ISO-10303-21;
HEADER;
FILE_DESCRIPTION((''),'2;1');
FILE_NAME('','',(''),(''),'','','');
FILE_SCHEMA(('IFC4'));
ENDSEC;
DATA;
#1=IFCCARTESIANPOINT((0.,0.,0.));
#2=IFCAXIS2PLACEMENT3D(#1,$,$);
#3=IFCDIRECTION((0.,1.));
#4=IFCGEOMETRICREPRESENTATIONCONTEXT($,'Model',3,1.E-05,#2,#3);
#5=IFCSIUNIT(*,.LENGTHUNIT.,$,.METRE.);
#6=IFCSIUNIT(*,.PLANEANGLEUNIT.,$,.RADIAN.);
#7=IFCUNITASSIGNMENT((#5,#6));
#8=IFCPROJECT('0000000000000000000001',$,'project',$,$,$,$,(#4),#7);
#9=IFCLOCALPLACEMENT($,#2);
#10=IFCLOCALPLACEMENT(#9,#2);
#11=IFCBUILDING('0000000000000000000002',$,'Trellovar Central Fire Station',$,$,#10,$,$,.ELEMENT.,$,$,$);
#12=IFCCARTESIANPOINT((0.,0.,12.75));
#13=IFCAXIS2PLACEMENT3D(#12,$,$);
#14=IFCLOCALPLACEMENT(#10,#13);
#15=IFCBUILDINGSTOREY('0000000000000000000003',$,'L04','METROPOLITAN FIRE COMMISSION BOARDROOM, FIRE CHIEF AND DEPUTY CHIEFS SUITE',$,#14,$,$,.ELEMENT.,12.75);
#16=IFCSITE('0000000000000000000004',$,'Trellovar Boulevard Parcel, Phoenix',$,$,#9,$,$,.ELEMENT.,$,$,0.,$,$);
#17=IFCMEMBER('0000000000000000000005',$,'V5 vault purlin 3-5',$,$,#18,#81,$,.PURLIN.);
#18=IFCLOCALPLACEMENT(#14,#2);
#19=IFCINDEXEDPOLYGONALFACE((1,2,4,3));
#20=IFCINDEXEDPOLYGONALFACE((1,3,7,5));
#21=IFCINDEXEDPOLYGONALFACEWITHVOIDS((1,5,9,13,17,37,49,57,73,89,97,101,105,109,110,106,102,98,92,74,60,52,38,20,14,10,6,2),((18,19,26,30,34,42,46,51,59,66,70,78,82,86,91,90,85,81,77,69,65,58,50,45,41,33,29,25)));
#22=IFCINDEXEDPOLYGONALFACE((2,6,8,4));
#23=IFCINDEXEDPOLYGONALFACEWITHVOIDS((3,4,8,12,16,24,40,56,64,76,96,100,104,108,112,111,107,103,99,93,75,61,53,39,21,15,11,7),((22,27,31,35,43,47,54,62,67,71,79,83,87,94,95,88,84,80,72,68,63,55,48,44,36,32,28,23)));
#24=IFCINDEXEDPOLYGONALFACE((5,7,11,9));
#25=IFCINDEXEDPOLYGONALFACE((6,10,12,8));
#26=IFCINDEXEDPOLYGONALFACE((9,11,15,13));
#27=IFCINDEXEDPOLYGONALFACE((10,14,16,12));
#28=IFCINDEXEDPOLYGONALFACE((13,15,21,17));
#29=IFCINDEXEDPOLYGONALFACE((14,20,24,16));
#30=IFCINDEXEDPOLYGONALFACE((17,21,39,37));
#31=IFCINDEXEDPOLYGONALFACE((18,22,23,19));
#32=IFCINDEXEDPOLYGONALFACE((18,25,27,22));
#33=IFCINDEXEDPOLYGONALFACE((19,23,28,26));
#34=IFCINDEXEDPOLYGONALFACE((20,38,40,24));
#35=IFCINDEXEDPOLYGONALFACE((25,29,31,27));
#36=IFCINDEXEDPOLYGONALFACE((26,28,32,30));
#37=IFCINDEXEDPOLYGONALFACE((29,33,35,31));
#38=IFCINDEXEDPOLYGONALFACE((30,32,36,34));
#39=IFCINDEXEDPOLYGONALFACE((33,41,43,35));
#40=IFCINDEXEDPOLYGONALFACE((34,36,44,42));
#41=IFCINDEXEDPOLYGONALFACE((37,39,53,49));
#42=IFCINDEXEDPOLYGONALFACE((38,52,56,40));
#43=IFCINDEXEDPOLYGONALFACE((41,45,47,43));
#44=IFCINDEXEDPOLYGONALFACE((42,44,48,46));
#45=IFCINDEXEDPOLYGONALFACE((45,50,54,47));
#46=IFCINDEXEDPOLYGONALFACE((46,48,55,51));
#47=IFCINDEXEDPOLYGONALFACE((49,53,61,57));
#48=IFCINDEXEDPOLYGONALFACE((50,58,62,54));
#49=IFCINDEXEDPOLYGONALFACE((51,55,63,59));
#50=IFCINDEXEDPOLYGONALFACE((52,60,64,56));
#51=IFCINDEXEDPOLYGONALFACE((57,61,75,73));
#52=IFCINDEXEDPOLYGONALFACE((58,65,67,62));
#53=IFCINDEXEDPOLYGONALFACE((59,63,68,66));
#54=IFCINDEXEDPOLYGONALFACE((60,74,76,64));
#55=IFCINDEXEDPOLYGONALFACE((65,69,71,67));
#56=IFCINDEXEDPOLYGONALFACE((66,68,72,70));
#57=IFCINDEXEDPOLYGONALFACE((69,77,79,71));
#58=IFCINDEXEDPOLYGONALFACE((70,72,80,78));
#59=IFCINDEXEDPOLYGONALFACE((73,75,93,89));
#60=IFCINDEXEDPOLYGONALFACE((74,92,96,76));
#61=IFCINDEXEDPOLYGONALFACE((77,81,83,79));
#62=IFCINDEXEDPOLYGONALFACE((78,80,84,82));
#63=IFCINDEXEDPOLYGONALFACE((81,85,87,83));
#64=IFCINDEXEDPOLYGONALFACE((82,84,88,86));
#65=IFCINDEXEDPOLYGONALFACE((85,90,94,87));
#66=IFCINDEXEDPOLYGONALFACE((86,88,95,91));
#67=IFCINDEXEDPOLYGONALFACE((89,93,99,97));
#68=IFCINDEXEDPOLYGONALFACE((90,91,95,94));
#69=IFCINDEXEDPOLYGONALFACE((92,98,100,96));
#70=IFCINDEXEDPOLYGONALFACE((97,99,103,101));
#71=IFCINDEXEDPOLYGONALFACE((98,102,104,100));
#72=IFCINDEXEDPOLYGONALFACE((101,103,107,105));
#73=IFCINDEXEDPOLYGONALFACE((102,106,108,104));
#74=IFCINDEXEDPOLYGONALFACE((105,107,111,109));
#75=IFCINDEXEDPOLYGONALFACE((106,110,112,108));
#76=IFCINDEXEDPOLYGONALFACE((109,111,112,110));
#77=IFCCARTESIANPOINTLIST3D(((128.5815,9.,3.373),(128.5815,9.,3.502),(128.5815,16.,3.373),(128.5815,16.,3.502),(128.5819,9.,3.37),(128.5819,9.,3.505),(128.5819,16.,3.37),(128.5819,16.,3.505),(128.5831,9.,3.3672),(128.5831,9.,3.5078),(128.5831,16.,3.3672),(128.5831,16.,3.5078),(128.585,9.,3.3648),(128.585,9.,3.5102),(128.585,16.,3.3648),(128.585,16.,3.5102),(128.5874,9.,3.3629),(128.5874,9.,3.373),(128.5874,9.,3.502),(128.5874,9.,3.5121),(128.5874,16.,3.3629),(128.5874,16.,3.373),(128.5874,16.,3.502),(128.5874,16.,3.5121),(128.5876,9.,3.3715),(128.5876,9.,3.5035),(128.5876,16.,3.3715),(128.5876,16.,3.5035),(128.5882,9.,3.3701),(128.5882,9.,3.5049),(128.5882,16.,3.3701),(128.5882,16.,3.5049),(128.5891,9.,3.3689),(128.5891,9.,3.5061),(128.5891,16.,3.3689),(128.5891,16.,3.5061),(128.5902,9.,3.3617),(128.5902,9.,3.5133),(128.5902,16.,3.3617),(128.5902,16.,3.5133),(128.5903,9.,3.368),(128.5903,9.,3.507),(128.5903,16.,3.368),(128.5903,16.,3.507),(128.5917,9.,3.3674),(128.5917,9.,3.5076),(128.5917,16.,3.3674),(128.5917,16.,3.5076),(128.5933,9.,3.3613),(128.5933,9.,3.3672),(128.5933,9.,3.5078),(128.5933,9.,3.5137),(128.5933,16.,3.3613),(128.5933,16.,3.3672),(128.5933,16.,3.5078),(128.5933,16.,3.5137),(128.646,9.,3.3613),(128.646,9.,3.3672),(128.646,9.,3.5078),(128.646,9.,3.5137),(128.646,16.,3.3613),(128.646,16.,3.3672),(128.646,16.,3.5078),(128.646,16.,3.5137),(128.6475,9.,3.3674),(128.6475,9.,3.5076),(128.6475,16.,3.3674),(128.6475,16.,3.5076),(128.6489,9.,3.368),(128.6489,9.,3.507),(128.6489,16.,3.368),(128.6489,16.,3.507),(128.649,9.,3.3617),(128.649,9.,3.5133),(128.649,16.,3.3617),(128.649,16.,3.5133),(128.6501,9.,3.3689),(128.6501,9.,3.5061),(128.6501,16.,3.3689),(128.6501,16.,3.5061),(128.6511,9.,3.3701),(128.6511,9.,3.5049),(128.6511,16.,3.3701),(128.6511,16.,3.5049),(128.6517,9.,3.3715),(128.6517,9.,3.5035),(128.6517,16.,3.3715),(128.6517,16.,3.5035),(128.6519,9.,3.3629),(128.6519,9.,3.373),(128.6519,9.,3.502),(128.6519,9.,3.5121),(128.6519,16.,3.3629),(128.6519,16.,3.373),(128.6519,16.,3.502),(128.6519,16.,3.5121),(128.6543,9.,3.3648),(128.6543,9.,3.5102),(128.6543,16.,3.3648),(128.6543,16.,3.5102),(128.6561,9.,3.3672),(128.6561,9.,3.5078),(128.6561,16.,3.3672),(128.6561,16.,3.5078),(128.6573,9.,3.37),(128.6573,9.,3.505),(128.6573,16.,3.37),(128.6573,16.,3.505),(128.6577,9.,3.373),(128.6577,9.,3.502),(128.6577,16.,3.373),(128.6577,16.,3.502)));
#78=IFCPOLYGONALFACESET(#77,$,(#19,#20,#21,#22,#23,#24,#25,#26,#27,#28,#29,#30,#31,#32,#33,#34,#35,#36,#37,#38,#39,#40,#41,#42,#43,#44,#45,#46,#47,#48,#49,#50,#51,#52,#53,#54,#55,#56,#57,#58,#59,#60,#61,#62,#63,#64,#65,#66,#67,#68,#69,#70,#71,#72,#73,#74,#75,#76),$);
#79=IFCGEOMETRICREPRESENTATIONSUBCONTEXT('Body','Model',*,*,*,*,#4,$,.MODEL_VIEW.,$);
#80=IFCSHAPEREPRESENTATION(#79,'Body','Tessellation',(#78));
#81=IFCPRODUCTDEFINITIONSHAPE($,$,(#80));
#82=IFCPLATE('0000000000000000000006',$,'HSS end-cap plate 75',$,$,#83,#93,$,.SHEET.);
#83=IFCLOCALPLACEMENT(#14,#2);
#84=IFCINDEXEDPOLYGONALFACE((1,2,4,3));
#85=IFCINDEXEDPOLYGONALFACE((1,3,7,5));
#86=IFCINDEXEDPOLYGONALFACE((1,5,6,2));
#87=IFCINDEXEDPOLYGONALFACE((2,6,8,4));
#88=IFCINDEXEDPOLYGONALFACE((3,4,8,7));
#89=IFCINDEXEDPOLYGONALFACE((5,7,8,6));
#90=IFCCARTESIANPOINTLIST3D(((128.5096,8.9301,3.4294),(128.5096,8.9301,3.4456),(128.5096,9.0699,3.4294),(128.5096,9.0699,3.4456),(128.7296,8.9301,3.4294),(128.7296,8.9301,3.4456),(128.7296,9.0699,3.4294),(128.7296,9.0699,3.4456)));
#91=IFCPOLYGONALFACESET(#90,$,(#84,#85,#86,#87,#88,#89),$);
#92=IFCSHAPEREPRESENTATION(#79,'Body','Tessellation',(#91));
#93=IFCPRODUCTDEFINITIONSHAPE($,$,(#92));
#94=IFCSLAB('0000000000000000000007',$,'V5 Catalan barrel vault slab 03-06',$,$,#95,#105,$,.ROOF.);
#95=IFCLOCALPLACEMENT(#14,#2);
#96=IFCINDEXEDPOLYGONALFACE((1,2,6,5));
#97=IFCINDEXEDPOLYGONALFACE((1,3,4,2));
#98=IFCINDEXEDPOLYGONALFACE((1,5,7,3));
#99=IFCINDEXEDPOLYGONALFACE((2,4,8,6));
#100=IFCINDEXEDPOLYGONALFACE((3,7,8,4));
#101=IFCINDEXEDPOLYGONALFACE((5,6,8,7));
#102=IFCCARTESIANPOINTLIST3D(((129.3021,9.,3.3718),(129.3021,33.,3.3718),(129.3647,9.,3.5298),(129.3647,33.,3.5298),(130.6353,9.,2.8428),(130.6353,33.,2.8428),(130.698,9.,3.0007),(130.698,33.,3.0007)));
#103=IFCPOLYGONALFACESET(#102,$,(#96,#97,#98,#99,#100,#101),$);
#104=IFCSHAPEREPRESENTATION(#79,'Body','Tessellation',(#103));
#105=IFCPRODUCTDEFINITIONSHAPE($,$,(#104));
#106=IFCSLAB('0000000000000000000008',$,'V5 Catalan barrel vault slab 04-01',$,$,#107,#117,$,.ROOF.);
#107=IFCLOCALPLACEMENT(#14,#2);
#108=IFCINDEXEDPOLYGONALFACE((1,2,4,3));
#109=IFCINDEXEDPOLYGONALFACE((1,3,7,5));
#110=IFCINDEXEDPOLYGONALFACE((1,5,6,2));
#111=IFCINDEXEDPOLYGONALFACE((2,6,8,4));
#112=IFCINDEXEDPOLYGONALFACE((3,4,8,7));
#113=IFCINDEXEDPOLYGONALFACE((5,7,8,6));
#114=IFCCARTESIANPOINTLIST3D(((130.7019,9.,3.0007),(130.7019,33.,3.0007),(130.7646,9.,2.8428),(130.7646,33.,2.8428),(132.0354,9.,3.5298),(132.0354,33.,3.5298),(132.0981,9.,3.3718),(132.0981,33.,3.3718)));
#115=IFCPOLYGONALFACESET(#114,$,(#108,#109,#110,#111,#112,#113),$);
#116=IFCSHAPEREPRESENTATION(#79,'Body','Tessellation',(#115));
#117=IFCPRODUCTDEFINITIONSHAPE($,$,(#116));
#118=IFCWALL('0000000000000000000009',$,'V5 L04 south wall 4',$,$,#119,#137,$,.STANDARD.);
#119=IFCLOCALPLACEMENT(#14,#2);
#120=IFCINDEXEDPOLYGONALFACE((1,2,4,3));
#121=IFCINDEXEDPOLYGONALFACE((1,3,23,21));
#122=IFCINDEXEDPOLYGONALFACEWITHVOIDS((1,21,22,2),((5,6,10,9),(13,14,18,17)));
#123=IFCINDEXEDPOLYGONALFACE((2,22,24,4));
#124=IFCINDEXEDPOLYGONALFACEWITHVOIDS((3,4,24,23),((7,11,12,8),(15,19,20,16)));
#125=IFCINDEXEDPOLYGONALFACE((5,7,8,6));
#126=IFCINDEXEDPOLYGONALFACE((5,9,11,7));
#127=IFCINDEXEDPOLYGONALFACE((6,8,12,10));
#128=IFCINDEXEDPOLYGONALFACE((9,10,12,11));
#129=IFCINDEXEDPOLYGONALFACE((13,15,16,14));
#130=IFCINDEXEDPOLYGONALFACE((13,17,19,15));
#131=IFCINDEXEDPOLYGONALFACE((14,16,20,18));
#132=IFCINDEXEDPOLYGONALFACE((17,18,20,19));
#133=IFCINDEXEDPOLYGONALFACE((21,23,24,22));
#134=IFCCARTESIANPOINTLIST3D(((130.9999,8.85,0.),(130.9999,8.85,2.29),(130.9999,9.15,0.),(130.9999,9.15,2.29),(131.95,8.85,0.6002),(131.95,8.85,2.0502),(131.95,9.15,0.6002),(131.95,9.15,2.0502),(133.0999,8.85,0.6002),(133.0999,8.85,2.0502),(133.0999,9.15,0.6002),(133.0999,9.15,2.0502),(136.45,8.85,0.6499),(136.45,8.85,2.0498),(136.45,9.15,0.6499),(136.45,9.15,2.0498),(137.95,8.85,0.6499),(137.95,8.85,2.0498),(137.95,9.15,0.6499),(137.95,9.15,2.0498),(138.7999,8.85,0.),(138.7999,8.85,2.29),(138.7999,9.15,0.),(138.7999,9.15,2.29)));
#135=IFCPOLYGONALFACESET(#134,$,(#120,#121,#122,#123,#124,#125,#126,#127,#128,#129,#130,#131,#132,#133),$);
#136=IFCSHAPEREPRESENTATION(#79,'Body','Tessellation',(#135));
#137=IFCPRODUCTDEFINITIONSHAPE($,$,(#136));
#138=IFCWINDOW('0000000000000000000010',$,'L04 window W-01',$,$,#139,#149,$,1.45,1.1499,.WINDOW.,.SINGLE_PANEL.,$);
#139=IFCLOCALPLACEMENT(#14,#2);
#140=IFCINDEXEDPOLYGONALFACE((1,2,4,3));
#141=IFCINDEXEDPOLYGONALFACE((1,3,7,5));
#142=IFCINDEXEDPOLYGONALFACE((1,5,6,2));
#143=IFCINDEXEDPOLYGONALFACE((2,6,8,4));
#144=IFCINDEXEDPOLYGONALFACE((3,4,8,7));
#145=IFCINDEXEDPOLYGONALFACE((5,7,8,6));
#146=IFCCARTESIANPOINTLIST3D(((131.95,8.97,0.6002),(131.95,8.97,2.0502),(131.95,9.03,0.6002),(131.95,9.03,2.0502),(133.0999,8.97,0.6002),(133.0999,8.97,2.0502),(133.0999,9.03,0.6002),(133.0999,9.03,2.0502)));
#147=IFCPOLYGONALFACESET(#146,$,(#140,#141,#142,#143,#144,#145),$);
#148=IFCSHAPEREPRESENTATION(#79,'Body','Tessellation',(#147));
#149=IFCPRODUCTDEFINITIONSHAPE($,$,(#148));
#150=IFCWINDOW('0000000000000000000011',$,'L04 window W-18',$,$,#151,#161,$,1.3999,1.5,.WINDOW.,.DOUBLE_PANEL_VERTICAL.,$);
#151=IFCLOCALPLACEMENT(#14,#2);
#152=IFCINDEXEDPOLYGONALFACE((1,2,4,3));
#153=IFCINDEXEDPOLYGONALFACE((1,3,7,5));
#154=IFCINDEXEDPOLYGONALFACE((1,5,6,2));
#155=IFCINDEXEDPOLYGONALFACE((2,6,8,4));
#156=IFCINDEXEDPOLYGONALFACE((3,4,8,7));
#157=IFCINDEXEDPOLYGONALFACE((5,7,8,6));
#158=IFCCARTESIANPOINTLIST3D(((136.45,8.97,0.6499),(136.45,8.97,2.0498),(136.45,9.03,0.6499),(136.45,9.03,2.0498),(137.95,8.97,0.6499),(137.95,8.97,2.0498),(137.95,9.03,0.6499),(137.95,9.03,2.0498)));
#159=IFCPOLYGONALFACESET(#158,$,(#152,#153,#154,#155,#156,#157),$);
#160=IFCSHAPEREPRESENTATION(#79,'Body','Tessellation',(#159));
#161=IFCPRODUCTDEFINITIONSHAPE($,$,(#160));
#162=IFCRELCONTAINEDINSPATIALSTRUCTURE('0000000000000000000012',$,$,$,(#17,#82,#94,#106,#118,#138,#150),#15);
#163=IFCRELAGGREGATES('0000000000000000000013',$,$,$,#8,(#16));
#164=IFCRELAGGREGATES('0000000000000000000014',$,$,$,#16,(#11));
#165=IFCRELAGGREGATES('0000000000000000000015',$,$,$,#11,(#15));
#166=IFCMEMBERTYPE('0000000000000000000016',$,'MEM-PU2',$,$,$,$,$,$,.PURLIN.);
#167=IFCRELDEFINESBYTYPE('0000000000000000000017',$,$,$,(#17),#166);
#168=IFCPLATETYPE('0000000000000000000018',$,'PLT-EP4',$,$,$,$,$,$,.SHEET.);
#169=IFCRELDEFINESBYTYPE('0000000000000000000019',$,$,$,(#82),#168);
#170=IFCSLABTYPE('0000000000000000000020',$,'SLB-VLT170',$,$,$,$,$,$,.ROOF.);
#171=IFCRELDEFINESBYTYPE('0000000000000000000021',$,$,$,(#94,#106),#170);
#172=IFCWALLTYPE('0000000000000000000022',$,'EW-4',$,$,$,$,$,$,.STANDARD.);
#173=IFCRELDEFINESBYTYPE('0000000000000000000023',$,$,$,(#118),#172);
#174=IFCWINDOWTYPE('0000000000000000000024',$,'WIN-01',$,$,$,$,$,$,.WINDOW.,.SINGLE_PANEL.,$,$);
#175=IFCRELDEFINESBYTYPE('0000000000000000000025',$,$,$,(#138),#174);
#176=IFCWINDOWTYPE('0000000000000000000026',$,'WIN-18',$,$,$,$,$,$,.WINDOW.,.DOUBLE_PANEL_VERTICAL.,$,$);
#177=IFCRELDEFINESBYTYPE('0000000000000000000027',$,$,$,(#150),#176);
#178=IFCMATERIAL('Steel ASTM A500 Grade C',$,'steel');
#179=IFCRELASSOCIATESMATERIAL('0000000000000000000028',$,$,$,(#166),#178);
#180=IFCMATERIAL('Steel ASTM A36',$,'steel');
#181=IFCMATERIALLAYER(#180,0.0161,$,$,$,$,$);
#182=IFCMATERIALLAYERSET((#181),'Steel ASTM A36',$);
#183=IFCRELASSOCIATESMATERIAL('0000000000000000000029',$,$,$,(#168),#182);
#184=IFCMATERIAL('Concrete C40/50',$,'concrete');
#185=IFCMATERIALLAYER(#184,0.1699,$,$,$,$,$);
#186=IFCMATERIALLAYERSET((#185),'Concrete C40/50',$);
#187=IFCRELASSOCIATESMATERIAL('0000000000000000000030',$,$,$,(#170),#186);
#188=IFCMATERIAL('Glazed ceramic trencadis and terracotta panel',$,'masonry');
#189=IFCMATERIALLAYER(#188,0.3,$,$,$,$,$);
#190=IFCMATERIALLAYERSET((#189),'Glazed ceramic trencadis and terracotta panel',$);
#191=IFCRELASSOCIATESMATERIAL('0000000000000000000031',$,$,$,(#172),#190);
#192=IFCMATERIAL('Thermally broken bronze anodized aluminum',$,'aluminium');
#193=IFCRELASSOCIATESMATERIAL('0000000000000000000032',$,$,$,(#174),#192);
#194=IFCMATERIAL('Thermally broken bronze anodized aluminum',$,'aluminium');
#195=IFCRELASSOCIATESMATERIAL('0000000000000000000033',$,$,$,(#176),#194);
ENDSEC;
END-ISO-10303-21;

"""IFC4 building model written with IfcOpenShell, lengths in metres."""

from ifc_helpers import new_model, si_unit, direction, frame, frame_2d, origin, origin_2d, place, context, subcontext, project, spatial, polyline, rectangle, hollow_rectangle, outline, extrude, material, layer, layer_set, material_profile, profile_set, type_object, element, fill, save


model = new_model("IFC4")

# Units and contexts
model_context = context("Model", 3, precision=1e-05, world=origin(), true_north=direction((0.0, 1.0)))
body_context = subcontext(model_context, "Body", "Model", "MODEL_VIEW")
ifc_project = project(units=[si_unit("LENGTHUNIT", "METRE"), si_unit("PLANEANGLEUNIT", "RADIAN")], contexts=[model_context])

# Site, building, storey
site_placement = place(None, origin())
site = spatial("IfcSite", under=ifc_project, at=site_placement, Name="Trellovar Boulevard Parcel, Phoenix", CompositionType="ELEMENT", RefElevation=0.0)
building_placement = place(site_placement, origin())
building = spatial("IfcBuilding", under=site, at=building_placement, Name="Trellovar Central Fire Station", CompositionType="ELEMENT")
storey_placement = place(building_placement, frame((0.0, 0.0, 12.75)))
storey = spatial("IfcBuildingStorey", under=building, at=storey_placement, Name="L04", Description="METROPOLITAN FIRE COMMISSION BOARDROOM, FIRE CHIEF AND DEPUTY CHIEFS SUITE", CompositionType="ELEMENT", Elevation=12.75)

# Member
ifc_material_1 = material(Name="Steel ASTM A500 Grade C", Category="steel")
ifc_material_profile_1 = material_profile(ifc_material_1, hollow_rectangle(XDim=0.0762, YDim=0.1523, WallThickness=0.0059, InnerFilletRadius=0.0059, OuterFilletRadius=0.0117, at=origin_2d()), Name="HSS6X3X1/4")
ifc_profile_set_1 = profile_set([ifc_material_profile_1], Name="Steel ASTM A500 Grade C")
member_type_1 = type_object("IfcMemberType", Name="MEM-PU2", PredefinedType="PURLIN", material=ifc_profile_set_1)
member_1_placement = place(storey_placement, frame((128.6196, 9.0, 3.4375), z_axis=(0.0, 1.0, 0.0), x_axis=(-1.0, 0.0, 0.0)))
element("IfcMember", 1, at=member_1_placement, inside=storey, type_object=member_type_1, Name="V5 vault purlin 3-5", PredefinedType="PURLIN", context=body_context, shape_type="SweptSolid", body=[
    extrude(hollow_rectangle(XDim=0.0762, YDim=0.1523, WallThickness=0.0059, InnerFilletRadius=0.0059, OuterFilletRadius=0.0117, at=origin_2d()), origin(), (0.0, 0.0, 1.0), 7.0),
])

# Plate
ifc_material_2 = material(Name="Steel ASTM A36", Category="steel")
ifc_layer_1 = layer(ifc_material_2, 0.0161)
ifc_layer_set_1 = layer_set([ifc_layer_1], Name="Steel ASTM A36")
plate_type = type_object("IfcPlateType", Name="PLT-EP4", PredefinedType="SHEET", material=ifc_layer_set_1)
plate_placement = place(storey_placement, frame((128.6196, 9.0, 3.4294), z_axis=(0.0, 0.0, 1.0), x_axis=(1.0, 0.0, 0.0)))
element("IfcPlate", 2, at=plate_placement, inside=storey, type_object=plate_type, Name="HSS end-cap plate 75", PredefinedType="SHEET", context=body_context, shape_type="SweptSolid", body=[
    extrude(rectangle(XDim=0.22, YDim=0.1399, at=origin_2d()), origin(), (0.0, 0.0, 1.0), 0.0161),
])

# Slabs
ifc_material_3 = material(Name="Concrete C40/50", Category="concrete")
ifc_layer_2 = layer(ifc_material_3, 0.1699)
ifc_layer_set_2 = layer_set([ifc_layer_2], Name="Concrete C40/50")
slab_type = type_object("IfcSlabType", Name="SLB-VLT170", PredefinedType="ROOF", material=ifc_layer_set_2)
slab_1_placement = place(storey_placement, frame((129.3647, 9.0, 3.5298), z_axis=(0.368836, 0.0, 0.929494), x_axis=(0.929494, 0.0, -0.368836)))
element("IfcSlab", 3, at=slab_1_placement, inside=storey, type_object=slab_type, Name="V5 Catalan barrel vault slab 03-06", PredefinedType="ROOF", context=body_context, shape_type="SweptSolid", body=[
    extrude(outline(polyline([(0.0, 0.0), (1.4344, 0.0), (1.4344, 24.0), (0.0, 24.0), (0.0, 0.0)])), origin(), (0.0, 0.0, -1.0), 0.1699),
])
slab_2_placement = place(storey_placement, frame((130.7019, 9.0, 3.0007), z_axis=(-0.368778, 0.0, 0.929518), x_axis=(0.929518, 0.0, 0.368778)))
element("IfcSlab", 4, at=slab_2_placement, inside=storey, type_object=slab_type, Name="V5 Catalan barrel vault slab 04-01", PredefinedType="ROOF", context=body_context, shape_type="SweptSolid", body=[
    extrude(outline(polyline([(0.0, 0.0), (1.4346, 0.0), (1.4346, 24.0), (0.0, 24.0), (0.0, 0.0)])), origin(), (0.0, 0.0, -1.0), 0.1699),
])

# Wall, openings, windows
ifc_material_4 = material(Name="Glazed ceramic trencadis and terracotta panel", Category="masonry")
ifc_layer_3 = layer(ifc_material_4, 0.3)
ifc_layer_set_3 = layer_set([ifc_layer_3], Name="Glazed ceramic trencadis and terracotta panel")
wall_type_1 = type_object("IfcWallType", Name="EW-4", PredefinedType="STANDARD", material=ifc_layer_set_3)
wall_1_placement = place(storey_placement, frame((131.0, 9.0, 0.0), z_axis=(0.0, 0.0, 1.0), x_axis=(1.0, 0.0, 0.0)))
wall_1 = element("IfcWall", 5, at=wall_1_placement, inside=storey, type_object=wall_type_1, Name="V5 L04 south wall 4", PredefinedType="STANDARD", context=body_context, shape_type="SweptSolid", body=[
    extrude(rectangle(XDim=7.8, YDim=0.3, at=frame_2d((3.8999, 0.0))), origin(), (0.0, 0.0, 1.0), 2.29),
])
opening_1_placement = place(wall_1_placement, frame((0.95, 0.0, 0.6001)))
opening_1 = element("IfcOpeningElement", 6, at=opening_1_placement, cuts=wall_1, PredefinedType="OPENING", context=body_context, shape_type="SweptSolid", body=[
    extrude(rectangle(XDim=1.1499, YDim=1.45, at=frame_2d((0.575, 0.7251))), frame((0.0, 0.1599, 0.0), z_axis=(0.0, -1.0, 0.0), x_axis=(1.0, 0.0, 0.0)), (0.0, 0.0, 1.0), 0.3201),
])
opening_2_placement = place(wall_1_placement, frame((5.45, 0.0, 0.6499)))
opening_2 = element("IfcOpeningElement", 7, at=opening_2_placement, cuts=wall_1, PredefinedType="OPENING", context=body_context, shape_type="SweptSolid", body=[
    extrude(rectangle(XDim=1.5, YDim=1.3999, at=frame_2d((0.75, 0.7))), frame((0.0, 0.1599, 0.0), z_axis=(0.0, -1.0, 0.0), x_axis=(1.0, 0.0, 0.0)), (0.0, 0.0, 1.0), 0.3201),
])
ifc_material_5 = material(Name="Thermally broken bronze anodized aluminum", Category="aluminium")
window_type_1 = type_object("IfcWindowType", Name="WIN-01", PartitioningType="SINGLE_PANEL", PredefinedType="WINDOW", material=ifc_material_5)
window_1_placement = place(opening_1_placement, origin())
window_1 = element("IfcWindow", 8, at=window_1_placement, inside=storey, type_object=window_type_1, Name="L04 window W-01", OverallHeight=1.45, OverallWidth=1.1499, PartitioningType="SINGLE_PANEL", PredefinedType="WINDOW", context=body_context, shape_type="SweptSolid", body=[
    extrude(rectangle(XDim=1.1499, YDim=1.45, at=frame_2d((0.575, 0.7251))), frame((0.0, 0.03, 0.0), z_axis=(0.0, -1.0, 0.0), x_axis=(1.0, 0.0, 0.0)), (0.0, 0.0, 1.0), 0.0601),
])
fill(opening_1, window_1)
ifc_material_6 = material(Name="Thermally broken bronze anodized aluminum", Category="aluminium")
window_type_2 = type_object("IfcWindowType", Name="WIN-18", PartitioningType="DOUBLE_PANEL_VERTICAL", PredefinedType="WINDOW", material=ifc_material_6)
window_2_placement = place(opening_2_placement, origin())
window_2 = element("IfcWindow", 9, at=window_2_placement, inside=storey, type_object=window_type_2, Name="L04 window W-18", OverallHeight=1.3999, OverallWidth=1.5, PartitioningType="DOUBLE_PANEL_VERTICAL", PredefinedType="WINDOW", context=body_context, shape_type="SweptSolid", body=[
    extrude(rectangle(XDim=1.5, YDim=1.3999, at=frame_2d((0.75, 0.7))), frame((0.0, 0.03, 0.0), z_axis=(0.0, -1.0, 0.0), x_axis=(1.0, 0.0, 0.0)), (0.0, 0.0, 1.0), 0.0601),
])
fill(opening_2, window_2)

save(model, "model.ifc")
